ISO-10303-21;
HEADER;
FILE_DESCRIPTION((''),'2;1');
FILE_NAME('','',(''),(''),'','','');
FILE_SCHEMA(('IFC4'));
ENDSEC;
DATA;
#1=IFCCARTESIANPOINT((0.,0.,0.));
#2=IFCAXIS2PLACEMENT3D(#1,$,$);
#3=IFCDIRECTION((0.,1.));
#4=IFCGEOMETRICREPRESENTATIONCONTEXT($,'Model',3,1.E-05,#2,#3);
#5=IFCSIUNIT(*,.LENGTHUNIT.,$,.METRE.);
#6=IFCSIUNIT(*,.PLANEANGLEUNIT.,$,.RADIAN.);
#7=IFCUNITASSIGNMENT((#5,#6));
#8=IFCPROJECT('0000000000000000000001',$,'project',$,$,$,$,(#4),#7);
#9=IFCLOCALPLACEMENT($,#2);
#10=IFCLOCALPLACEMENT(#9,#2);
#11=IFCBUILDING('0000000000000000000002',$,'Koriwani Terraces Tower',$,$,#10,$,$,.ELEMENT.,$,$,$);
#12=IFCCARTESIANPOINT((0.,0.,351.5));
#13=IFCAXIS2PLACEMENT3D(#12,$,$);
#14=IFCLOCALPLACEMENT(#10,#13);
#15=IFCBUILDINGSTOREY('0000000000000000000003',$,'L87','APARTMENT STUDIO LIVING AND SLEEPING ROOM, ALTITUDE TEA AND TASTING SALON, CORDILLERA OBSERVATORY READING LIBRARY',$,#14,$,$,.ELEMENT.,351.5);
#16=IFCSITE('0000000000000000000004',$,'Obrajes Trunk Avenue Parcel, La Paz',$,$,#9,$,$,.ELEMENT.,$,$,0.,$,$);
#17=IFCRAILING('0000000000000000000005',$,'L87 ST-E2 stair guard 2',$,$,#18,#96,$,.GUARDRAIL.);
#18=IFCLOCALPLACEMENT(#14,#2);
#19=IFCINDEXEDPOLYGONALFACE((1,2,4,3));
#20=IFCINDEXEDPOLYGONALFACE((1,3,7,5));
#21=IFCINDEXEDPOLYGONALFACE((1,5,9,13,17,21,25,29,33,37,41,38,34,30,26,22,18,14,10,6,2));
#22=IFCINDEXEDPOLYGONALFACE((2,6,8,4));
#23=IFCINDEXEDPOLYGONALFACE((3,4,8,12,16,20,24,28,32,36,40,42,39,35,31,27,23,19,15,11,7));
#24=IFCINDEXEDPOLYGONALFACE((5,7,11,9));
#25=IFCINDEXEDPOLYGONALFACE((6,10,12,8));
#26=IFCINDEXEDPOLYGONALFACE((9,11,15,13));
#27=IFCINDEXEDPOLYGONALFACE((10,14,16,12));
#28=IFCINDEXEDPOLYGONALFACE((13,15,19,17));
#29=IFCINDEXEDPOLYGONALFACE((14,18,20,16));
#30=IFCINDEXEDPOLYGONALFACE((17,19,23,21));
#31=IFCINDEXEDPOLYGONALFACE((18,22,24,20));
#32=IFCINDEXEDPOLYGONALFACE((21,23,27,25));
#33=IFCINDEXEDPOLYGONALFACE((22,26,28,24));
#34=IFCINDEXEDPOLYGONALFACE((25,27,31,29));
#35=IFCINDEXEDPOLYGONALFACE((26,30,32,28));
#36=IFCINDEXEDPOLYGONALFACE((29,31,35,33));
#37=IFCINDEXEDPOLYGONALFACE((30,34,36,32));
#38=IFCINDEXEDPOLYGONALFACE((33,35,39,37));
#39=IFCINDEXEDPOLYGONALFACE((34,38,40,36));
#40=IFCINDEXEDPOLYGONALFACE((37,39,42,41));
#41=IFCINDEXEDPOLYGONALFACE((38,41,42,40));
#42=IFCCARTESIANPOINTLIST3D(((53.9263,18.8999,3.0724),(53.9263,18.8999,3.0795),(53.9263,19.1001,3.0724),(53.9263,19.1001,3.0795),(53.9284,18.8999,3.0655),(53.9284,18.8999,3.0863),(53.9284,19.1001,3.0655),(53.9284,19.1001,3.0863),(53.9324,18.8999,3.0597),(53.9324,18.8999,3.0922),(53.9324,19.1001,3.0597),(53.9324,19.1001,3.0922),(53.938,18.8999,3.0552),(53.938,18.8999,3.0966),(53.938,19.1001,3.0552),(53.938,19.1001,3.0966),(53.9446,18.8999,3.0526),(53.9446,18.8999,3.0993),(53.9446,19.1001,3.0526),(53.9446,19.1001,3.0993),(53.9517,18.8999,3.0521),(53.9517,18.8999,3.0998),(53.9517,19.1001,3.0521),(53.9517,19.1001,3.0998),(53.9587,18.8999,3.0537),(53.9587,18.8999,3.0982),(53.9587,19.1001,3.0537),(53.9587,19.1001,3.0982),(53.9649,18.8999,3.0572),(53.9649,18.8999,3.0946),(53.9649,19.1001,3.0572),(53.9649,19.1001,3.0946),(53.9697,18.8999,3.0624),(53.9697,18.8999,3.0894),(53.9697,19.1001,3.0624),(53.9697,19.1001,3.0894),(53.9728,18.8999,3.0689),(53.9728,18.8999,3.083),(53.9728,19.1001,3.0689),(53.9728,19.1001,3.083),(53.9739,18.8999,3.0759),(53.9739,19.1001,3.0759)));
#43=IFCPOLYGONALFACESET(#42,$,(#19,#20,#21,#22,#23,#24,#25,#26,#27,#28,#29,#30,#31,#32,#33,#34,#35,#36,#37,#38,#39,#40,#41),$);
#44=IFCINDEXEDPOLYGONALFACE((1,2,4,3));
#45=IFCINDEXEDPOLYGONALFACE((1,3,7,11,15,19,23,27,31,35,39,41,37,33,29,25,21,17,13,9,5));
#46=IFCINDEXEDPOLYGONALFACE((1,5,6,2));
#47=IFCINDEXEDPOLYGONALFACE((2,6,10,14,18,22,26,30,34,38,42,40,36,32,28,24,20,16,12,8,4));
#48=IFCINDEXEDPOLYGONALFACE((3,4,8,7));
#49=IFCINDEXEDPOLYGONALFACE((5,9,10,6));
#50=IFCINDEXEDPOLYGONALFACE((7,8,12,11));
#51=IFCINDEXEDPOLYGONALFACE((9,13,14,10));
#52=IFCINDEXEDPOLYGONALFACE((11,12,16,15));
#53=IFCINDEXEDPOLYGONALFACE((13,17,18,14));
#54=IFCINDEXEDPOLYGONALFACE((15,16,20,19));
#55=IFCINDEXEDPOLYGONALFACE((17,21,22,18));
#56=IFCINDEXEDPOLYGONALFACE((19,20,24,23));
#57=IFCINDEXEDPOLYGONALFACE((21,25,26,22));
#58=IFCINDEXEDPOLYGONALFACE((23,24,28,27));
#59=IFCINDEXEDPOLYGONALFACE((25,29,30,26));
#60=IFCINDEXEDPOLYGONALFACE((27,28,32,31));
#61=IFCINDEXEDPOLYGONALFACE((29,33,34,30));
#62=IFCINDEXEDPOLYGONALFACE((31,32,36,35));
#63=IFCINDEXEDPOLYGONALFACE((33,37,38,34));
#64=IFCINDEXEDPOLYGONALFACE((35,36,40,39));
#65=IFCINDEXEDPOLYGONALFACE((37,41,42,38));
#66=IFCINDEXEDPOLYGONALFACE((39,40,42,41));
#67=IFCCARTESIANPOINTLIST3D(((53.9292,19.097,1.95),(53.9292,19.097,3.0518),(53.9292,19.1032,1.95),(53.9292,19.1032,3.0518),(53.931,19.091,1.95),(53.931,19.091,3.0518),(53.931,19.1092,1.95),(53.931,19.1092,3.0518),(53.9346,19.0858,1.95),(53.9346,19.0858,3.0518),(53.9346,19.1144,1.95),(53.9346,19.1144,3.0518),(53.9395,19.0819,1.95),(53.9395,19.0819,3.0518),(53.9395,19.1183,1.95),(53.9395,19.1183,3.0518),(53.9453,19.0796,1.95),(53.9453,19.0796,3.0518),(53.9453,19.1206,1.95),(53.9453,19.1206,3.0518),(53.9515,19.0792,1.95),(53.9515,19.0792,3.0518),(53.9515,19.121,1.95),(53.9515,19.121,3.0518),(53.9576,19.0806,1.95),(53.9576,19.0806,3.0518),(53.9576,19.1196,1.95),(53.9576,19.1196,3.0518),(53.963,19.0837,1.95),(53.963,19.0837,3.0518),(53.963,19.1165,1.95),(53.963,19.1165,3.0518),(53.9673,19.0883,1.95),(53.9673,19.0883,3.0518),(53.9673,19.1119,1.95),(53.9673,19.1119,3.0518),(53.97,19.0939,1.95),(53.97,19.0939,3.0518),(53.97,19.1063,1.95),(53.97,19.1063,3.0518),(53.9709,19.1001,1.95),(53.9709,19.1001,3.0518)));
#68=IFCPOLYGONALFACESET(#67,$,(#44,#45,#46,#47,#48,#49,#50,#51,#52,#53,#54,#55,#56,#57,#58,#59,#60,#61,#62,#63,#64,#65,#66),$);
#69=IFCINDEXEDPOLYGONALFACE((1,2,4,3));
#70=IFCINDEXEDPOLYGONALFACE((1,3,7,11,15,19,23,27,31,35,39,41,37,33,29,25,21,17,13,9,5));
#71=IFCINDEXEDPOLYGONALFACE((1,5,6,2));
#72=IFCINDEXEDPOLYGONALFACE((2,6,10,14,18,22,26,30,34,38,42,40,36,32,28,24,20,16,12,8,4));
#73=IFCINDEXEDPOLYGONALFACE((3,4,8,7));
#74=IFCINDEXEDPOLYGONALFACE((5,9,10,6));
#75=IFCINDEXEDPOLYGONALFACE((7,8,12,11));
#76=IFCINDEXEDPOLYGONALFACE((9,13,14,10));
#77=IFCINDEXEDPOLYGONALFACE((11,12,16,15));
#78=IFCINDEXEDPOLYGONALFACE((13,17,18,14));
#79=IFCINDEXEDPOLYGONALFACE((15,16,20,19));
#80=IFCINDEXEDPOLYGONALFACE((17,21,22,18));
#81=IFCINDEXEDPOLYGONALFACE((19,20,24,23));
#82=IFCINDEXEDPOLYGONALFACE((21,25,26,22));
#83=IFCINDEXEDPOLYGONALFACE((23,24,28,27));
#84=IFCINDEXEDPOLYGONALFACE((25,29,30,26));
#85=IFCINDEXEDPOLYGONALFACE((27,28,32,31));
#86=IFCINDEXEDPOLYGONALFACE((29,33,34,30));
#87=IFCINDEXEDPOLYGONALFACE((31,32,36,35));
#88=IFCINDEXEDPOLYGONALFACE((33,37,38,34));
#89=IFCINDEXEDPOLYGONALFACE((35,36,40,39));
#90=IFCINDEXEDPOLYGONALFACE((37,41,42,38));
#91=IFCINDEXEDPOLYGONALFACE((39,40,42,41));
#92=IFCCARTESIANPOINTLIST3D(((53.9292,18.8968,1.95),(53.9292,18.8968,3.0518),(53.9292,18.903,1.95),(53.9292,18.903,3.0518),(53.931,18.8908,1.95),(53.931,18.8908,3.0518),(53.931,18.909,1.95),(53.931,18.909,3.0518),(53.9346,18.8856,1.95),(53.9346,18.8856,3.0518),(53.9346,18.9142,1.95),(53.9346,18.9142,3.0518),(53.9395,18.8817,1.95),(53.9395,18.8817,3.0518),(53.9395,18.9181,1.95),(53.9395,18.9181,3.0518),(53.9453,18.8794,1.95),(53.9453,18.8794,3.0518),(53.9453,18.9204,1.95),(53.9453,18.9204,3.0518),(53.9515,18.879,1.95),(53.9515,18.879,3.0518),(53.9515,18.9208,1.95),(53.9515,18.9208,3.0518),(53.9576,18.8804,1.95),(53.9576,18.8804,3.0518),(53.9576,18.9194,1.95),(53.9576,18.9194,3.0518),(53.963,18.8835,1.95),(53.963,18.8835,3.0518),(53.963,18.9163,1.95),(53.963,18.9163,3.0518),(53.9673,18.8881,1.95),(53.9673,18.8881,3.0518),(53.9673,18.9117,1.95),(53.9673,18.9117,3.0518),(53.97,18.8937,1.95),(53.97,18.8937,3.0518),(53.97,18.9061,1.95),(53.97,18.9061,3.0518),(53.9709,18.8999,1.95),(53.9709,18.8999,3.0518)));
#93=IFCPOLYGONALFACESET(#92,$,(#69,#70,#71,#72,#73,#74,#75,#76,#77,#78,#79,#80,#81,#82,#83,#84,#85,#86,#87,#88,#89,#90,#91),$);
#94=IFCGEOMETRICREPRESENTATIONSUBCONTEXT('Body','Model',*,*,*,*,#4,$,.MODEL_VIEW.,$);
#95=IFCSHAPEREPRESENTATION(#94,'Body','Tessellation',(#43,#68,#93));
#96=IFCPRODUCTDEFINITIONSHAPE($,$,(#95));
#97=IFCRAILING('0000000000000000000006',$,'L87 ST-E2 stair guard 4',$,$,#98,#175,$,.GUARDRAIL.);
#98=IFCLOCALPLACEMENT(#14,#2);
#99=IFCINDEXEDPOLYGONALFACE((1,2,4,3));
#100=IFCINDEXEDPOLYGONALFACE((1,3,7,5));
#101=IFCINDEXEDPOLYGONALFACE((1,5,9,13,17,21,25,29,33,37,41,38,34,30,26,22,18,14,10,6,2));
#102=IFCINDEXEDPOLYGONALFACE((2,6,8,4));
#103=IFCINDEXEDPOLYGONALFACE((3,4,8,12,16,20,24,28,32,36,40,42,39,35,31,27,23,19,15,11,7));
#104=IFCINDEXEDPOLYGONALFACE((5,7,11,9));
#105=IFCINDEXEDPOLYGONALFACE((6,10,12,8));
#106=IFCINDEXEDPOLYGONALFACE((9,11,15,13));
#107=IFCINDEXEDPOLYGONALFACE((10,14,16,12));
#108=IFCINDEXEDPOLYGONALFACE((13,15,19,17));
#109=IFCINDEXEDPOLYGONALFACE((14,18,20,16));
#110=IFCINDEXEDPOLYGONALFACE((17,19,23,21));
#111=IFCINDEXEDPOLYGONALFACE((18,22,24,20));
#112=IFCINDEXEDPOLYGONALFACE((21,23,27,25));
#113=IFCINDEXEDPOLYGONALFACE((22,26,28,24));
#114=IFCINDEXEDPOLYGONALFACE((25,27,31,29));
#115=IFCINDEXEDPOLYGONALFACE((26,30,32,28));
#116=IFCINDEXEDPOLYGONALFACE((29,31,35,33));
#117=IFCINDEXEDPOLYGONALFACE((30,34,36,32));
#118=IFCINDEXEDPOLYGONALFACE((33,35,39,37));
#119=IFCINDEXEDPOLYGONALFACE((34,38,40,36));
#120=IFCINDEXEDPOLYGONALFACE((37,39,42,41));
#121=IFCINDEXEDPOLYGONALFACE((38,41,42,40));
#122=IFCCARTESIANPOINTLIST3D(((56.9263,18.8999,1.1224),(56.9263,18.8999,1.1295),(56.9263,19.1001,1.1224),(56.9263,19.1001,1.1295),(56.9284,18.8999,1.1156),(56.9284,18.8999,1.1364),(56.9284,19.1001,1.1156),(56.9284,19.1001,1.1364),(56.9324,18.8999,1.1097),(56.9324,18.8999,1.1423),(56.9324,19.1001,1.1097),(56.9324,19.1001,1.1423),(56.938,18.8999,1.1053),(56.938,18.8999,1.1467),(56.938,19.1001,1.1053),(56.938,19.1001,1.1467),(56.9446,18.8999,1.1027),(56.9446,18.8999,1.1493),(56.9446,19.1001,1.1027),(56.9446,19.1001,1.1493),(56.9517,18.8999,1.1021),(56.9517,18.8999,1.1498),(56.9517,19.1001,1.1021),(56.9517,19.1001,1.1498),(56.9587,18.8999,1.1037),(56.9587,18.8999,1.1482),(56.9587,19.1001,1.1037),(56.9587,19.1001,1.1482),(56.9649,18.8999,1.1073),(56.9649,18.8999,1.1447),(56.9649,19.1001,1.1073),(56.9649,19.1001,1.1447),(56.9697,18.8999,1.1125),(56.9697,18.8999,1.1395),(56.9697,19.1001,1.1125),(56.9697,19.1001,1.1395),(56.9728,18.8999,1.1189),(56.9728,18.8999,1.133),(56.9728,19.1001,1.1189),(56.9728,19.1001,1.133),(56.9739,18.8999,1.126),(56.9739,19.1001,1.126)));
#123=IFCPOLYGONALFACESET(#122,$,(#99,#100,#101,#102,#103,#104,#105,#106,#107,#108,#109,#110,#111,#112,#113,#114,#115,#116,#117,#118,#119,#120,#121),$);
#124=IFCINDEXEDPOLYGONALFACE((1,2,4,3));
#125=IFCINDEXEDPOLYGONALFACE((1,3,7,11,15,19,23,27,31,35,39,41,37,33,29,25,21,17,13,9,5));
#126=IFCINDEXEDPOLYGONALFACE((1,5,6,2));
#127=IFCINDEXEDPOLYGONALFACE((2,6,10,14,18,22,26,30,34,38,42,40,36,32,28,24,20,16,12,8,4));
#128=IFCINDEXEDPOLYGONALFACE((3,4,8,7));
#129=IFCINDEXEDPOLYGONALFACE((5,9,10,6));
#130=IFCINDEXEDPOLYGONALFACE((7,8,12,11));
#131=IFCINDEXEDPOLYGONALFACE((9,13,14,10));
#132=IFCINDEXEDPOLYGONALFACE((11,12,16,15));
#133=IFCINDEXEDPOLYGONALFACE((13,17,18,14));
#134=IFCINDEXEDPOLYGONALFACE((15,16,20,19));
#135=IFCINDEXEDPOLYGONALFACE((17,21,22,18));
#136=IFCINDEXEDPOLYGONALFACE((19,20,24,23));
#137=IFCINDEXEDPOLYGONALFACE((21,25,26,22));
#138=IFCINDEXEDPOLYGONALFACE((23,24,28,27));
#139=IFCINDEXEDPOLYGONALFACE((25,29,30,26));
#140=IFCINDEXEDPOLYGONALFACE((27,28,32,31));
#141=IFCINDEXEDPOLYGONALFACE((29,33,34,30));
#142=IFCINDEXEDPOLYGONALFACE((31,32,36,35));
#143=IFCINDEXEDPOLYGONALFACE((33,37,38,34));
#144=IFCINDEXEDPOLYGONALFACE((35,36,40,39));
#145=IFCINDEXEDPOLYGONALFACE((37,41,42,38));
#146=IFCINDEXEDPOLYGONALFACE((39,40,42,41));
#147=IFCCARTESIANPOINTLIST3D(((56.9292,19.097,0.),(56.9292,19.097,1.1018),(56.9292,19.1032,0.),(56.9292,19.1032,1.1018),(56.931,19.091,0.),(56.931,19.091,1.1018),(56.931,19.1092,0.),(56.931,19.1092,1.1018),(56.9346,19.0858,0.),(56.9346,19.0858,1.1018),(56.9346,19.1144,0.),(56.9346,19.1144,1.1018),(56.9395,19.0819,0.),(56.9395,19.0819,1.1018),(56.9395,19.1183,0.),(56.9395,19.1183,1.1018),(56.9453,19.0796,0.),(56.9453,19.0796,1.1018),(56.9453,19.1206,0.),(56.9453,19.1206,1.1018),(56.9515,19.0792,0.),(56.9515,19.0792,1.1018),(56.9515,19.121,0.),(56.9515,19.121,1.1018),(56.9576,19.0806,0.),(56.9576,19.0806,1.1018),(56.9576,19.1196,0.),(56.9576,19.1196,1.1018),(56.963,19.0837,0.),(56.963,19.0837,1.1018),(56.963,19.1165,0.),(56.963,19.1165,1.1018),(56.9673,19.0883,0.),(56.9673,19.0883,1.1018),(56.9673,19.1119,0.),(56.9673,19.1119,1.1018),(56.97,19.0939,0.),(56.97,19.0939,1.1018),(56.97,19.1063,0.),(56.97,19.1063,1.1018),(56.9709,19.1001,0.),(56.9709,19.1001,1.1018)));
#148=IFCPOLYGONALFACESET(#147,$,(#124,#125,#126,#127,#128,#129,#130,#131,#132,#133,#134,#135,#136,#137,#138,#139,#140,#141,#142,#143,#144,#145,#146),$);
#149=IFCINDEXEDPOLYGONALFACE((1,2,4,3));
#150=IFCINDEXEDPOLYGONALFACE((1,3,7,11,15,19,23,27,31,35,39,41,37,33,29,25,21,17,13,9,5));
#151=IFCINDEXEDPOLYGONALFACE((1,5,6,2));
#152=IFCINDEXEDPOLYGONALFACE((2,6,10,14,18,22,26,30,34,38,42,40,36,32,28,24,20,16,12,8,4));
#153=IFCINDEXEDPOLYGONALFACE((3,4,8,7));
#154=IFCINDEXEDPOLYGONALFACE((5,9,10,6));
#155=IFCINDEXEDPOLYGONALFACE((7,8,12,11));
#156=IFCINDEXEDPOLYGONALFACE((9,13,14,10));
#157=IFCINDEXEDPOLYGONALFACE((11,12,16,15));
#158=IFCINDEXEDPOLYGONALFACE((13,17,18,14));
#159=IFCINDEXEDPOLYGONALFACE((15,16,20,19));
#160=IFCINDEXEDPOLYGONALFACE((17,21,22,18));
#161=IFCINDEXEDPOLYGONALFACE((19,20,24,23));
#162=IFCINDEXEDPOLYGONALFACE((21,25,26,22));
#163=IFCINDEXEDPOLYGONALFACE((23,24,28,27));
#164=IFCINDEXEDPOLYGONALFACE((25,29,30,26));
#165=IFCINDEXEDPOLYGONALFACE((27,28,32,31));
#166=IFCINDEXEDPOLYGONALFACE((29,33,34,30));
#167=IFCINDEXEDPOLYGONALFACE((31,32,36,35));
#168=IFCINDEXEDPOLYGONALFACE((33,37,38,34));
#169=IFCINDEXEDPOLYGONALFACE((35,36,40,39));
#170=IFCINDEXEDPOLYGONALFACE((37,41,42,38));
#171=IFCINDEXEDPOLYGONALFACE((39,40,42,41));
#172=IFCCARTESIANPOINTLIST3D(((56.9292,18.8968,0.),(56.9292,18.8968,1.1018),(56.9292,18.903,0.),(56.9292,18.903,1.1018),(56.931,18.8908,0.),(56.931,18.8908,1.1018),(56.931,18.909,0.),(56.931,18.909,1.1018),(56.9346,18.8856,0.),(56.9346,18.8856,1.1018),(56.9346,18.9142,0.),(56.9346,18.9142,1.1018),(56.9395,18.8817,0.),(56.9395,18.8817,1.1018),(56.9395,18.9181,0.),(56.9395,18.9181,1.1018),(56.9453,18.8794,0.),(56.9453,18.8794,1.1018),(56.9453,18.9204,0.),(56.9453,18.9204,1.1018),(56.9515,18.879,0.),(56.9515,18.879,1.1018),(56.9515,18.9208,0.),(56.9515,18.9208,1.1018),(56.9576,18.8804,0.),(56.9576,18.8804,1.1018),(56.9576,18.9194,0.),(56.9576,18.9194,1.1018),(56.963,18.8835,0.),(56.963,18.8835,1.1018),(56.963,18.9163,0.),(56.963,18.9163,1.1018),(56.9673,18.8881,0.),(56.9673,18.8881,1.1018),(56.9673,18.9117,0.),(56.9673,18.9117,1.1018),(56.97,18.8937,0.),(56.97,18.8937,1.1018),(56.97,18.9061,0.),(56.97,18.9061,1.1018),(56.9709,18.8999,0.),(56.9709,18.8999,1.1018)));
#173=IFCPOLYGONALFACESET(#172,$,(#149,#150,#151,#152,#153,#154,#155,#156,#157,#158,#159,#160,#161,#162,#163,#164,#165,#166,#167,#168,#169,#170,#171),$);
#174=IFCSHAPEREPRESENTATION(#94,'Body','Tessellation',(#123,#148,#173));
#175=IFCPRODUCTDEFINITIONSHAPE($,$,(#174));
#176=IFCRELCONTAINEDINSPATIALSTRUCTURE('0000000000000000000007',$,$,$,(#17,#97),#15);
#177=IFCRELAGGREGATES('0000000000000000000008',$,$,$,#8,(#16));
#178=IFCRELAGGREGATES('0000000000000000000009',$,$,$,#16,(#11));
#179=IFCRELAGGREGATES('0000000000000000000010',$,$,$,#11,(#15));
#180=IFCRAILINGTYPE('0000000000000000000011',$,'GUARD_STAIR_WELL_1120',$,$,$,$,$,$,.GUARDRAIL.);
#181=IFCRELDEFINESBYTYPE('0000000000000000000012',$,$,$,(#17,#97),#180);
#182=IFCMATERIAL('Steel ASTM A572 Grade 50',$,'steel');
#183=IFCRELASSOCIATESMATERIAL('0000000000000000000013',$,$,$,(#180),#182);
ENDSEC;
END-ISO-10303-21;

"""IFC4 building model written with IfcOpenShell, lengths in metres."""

from ifc_helpers import new_model, si_unit, direction, frame, origin, origin_2d, place, context, subcontext, project, spatial, circle, extrude, material, type_object, element, save


model = new_model("IFC4")

# Units and contexts
model_context = context("Model", 3, precision=1e-05, world=origin(), true_north=direction((0.0, 1.0)))
body_context = subcontext(model_context, "Body", "Model", "MODEL_VIEW")
ifc_project = project(units=[si_unit("LENGTHUNIT", "METRE"), si_unit("PLANEANGLEUNIT", "RADIAN")], contexts=[model_context])

# Site, building, storey
site_placement = place(None, origin())
site = spatial("IfcSite", under=ifc_project, at=site_placement, Name="Obrajes Trunk Avenue Parcel, La Paz", CompositionType="ELEMENT", RefElevation=0.0)
building_placement = place(site_placement, origin())
building = spatial("IfcBuilding", under=site, at=building_placement, Name="Koriwani Terraces Tower", CompositionType="ELEMENT")
storey_placement = place(building_placement, frame((0.0, 0.0, 351.5)))
storey = spatial("IfcBuildingStorey", under=building, at=storey_placement, Name="L87", Description="APARTMENT STUDIO LIVING AND SLEEPING ROOM, ALTITUDE TEA AND TASTING SALON, CORDILLERA OBSERVATORY READING LIBRARY", CompositionType="ELEMENT", Elevation=351.5)

# Shared definitions
ifc_material_1 = material(Name="Steel ASTM A572 Grade 50", Category="steel")

# Railings
railing_type_1 = type_object("IfcRailingType", Name="GUARD_STAIR_WELL_1120", PredefinedType="GUARDRAIL", material=ifc_material_1)
for number, where, name in (
    (1, (53.95, 19.1001, 1.95), "L87 ST-E2 stair guard 2"),
    (2, (56.95, 19.1001, 0.0), "L87 ST-E2 stair guard 4"),
):
    element("IfcRailing", number, at=place(storey_placement, frame(where)), inside=storey, type_object=railing_type_1, Name=name, PredefinedType="GUARDRAIL", context=body_context, shape_type="SweptSolid", body=[
        extrude(circle(Radius=0.0239, at=origin_2d()), frame((0.0, 0.0, 1.126), z_axis=(0.0, -1.0, 0.0), x_axis=(1.0, 0.0, 0.0)), (0.0, 0.0, 1.0), 0.2002),
        extrude(circle(Radius=0.021, at=origin_2d()), origin(), (0.0, 0.0, 1.0), 1.1018),
        extrude(circle(Radius=0.021, at=origin_2d()), frame((0.0, -0.2002, 0.0)), (0.0, 0.0, 1.0), 1.1018),
    ])

save(model, "model.ifc")
